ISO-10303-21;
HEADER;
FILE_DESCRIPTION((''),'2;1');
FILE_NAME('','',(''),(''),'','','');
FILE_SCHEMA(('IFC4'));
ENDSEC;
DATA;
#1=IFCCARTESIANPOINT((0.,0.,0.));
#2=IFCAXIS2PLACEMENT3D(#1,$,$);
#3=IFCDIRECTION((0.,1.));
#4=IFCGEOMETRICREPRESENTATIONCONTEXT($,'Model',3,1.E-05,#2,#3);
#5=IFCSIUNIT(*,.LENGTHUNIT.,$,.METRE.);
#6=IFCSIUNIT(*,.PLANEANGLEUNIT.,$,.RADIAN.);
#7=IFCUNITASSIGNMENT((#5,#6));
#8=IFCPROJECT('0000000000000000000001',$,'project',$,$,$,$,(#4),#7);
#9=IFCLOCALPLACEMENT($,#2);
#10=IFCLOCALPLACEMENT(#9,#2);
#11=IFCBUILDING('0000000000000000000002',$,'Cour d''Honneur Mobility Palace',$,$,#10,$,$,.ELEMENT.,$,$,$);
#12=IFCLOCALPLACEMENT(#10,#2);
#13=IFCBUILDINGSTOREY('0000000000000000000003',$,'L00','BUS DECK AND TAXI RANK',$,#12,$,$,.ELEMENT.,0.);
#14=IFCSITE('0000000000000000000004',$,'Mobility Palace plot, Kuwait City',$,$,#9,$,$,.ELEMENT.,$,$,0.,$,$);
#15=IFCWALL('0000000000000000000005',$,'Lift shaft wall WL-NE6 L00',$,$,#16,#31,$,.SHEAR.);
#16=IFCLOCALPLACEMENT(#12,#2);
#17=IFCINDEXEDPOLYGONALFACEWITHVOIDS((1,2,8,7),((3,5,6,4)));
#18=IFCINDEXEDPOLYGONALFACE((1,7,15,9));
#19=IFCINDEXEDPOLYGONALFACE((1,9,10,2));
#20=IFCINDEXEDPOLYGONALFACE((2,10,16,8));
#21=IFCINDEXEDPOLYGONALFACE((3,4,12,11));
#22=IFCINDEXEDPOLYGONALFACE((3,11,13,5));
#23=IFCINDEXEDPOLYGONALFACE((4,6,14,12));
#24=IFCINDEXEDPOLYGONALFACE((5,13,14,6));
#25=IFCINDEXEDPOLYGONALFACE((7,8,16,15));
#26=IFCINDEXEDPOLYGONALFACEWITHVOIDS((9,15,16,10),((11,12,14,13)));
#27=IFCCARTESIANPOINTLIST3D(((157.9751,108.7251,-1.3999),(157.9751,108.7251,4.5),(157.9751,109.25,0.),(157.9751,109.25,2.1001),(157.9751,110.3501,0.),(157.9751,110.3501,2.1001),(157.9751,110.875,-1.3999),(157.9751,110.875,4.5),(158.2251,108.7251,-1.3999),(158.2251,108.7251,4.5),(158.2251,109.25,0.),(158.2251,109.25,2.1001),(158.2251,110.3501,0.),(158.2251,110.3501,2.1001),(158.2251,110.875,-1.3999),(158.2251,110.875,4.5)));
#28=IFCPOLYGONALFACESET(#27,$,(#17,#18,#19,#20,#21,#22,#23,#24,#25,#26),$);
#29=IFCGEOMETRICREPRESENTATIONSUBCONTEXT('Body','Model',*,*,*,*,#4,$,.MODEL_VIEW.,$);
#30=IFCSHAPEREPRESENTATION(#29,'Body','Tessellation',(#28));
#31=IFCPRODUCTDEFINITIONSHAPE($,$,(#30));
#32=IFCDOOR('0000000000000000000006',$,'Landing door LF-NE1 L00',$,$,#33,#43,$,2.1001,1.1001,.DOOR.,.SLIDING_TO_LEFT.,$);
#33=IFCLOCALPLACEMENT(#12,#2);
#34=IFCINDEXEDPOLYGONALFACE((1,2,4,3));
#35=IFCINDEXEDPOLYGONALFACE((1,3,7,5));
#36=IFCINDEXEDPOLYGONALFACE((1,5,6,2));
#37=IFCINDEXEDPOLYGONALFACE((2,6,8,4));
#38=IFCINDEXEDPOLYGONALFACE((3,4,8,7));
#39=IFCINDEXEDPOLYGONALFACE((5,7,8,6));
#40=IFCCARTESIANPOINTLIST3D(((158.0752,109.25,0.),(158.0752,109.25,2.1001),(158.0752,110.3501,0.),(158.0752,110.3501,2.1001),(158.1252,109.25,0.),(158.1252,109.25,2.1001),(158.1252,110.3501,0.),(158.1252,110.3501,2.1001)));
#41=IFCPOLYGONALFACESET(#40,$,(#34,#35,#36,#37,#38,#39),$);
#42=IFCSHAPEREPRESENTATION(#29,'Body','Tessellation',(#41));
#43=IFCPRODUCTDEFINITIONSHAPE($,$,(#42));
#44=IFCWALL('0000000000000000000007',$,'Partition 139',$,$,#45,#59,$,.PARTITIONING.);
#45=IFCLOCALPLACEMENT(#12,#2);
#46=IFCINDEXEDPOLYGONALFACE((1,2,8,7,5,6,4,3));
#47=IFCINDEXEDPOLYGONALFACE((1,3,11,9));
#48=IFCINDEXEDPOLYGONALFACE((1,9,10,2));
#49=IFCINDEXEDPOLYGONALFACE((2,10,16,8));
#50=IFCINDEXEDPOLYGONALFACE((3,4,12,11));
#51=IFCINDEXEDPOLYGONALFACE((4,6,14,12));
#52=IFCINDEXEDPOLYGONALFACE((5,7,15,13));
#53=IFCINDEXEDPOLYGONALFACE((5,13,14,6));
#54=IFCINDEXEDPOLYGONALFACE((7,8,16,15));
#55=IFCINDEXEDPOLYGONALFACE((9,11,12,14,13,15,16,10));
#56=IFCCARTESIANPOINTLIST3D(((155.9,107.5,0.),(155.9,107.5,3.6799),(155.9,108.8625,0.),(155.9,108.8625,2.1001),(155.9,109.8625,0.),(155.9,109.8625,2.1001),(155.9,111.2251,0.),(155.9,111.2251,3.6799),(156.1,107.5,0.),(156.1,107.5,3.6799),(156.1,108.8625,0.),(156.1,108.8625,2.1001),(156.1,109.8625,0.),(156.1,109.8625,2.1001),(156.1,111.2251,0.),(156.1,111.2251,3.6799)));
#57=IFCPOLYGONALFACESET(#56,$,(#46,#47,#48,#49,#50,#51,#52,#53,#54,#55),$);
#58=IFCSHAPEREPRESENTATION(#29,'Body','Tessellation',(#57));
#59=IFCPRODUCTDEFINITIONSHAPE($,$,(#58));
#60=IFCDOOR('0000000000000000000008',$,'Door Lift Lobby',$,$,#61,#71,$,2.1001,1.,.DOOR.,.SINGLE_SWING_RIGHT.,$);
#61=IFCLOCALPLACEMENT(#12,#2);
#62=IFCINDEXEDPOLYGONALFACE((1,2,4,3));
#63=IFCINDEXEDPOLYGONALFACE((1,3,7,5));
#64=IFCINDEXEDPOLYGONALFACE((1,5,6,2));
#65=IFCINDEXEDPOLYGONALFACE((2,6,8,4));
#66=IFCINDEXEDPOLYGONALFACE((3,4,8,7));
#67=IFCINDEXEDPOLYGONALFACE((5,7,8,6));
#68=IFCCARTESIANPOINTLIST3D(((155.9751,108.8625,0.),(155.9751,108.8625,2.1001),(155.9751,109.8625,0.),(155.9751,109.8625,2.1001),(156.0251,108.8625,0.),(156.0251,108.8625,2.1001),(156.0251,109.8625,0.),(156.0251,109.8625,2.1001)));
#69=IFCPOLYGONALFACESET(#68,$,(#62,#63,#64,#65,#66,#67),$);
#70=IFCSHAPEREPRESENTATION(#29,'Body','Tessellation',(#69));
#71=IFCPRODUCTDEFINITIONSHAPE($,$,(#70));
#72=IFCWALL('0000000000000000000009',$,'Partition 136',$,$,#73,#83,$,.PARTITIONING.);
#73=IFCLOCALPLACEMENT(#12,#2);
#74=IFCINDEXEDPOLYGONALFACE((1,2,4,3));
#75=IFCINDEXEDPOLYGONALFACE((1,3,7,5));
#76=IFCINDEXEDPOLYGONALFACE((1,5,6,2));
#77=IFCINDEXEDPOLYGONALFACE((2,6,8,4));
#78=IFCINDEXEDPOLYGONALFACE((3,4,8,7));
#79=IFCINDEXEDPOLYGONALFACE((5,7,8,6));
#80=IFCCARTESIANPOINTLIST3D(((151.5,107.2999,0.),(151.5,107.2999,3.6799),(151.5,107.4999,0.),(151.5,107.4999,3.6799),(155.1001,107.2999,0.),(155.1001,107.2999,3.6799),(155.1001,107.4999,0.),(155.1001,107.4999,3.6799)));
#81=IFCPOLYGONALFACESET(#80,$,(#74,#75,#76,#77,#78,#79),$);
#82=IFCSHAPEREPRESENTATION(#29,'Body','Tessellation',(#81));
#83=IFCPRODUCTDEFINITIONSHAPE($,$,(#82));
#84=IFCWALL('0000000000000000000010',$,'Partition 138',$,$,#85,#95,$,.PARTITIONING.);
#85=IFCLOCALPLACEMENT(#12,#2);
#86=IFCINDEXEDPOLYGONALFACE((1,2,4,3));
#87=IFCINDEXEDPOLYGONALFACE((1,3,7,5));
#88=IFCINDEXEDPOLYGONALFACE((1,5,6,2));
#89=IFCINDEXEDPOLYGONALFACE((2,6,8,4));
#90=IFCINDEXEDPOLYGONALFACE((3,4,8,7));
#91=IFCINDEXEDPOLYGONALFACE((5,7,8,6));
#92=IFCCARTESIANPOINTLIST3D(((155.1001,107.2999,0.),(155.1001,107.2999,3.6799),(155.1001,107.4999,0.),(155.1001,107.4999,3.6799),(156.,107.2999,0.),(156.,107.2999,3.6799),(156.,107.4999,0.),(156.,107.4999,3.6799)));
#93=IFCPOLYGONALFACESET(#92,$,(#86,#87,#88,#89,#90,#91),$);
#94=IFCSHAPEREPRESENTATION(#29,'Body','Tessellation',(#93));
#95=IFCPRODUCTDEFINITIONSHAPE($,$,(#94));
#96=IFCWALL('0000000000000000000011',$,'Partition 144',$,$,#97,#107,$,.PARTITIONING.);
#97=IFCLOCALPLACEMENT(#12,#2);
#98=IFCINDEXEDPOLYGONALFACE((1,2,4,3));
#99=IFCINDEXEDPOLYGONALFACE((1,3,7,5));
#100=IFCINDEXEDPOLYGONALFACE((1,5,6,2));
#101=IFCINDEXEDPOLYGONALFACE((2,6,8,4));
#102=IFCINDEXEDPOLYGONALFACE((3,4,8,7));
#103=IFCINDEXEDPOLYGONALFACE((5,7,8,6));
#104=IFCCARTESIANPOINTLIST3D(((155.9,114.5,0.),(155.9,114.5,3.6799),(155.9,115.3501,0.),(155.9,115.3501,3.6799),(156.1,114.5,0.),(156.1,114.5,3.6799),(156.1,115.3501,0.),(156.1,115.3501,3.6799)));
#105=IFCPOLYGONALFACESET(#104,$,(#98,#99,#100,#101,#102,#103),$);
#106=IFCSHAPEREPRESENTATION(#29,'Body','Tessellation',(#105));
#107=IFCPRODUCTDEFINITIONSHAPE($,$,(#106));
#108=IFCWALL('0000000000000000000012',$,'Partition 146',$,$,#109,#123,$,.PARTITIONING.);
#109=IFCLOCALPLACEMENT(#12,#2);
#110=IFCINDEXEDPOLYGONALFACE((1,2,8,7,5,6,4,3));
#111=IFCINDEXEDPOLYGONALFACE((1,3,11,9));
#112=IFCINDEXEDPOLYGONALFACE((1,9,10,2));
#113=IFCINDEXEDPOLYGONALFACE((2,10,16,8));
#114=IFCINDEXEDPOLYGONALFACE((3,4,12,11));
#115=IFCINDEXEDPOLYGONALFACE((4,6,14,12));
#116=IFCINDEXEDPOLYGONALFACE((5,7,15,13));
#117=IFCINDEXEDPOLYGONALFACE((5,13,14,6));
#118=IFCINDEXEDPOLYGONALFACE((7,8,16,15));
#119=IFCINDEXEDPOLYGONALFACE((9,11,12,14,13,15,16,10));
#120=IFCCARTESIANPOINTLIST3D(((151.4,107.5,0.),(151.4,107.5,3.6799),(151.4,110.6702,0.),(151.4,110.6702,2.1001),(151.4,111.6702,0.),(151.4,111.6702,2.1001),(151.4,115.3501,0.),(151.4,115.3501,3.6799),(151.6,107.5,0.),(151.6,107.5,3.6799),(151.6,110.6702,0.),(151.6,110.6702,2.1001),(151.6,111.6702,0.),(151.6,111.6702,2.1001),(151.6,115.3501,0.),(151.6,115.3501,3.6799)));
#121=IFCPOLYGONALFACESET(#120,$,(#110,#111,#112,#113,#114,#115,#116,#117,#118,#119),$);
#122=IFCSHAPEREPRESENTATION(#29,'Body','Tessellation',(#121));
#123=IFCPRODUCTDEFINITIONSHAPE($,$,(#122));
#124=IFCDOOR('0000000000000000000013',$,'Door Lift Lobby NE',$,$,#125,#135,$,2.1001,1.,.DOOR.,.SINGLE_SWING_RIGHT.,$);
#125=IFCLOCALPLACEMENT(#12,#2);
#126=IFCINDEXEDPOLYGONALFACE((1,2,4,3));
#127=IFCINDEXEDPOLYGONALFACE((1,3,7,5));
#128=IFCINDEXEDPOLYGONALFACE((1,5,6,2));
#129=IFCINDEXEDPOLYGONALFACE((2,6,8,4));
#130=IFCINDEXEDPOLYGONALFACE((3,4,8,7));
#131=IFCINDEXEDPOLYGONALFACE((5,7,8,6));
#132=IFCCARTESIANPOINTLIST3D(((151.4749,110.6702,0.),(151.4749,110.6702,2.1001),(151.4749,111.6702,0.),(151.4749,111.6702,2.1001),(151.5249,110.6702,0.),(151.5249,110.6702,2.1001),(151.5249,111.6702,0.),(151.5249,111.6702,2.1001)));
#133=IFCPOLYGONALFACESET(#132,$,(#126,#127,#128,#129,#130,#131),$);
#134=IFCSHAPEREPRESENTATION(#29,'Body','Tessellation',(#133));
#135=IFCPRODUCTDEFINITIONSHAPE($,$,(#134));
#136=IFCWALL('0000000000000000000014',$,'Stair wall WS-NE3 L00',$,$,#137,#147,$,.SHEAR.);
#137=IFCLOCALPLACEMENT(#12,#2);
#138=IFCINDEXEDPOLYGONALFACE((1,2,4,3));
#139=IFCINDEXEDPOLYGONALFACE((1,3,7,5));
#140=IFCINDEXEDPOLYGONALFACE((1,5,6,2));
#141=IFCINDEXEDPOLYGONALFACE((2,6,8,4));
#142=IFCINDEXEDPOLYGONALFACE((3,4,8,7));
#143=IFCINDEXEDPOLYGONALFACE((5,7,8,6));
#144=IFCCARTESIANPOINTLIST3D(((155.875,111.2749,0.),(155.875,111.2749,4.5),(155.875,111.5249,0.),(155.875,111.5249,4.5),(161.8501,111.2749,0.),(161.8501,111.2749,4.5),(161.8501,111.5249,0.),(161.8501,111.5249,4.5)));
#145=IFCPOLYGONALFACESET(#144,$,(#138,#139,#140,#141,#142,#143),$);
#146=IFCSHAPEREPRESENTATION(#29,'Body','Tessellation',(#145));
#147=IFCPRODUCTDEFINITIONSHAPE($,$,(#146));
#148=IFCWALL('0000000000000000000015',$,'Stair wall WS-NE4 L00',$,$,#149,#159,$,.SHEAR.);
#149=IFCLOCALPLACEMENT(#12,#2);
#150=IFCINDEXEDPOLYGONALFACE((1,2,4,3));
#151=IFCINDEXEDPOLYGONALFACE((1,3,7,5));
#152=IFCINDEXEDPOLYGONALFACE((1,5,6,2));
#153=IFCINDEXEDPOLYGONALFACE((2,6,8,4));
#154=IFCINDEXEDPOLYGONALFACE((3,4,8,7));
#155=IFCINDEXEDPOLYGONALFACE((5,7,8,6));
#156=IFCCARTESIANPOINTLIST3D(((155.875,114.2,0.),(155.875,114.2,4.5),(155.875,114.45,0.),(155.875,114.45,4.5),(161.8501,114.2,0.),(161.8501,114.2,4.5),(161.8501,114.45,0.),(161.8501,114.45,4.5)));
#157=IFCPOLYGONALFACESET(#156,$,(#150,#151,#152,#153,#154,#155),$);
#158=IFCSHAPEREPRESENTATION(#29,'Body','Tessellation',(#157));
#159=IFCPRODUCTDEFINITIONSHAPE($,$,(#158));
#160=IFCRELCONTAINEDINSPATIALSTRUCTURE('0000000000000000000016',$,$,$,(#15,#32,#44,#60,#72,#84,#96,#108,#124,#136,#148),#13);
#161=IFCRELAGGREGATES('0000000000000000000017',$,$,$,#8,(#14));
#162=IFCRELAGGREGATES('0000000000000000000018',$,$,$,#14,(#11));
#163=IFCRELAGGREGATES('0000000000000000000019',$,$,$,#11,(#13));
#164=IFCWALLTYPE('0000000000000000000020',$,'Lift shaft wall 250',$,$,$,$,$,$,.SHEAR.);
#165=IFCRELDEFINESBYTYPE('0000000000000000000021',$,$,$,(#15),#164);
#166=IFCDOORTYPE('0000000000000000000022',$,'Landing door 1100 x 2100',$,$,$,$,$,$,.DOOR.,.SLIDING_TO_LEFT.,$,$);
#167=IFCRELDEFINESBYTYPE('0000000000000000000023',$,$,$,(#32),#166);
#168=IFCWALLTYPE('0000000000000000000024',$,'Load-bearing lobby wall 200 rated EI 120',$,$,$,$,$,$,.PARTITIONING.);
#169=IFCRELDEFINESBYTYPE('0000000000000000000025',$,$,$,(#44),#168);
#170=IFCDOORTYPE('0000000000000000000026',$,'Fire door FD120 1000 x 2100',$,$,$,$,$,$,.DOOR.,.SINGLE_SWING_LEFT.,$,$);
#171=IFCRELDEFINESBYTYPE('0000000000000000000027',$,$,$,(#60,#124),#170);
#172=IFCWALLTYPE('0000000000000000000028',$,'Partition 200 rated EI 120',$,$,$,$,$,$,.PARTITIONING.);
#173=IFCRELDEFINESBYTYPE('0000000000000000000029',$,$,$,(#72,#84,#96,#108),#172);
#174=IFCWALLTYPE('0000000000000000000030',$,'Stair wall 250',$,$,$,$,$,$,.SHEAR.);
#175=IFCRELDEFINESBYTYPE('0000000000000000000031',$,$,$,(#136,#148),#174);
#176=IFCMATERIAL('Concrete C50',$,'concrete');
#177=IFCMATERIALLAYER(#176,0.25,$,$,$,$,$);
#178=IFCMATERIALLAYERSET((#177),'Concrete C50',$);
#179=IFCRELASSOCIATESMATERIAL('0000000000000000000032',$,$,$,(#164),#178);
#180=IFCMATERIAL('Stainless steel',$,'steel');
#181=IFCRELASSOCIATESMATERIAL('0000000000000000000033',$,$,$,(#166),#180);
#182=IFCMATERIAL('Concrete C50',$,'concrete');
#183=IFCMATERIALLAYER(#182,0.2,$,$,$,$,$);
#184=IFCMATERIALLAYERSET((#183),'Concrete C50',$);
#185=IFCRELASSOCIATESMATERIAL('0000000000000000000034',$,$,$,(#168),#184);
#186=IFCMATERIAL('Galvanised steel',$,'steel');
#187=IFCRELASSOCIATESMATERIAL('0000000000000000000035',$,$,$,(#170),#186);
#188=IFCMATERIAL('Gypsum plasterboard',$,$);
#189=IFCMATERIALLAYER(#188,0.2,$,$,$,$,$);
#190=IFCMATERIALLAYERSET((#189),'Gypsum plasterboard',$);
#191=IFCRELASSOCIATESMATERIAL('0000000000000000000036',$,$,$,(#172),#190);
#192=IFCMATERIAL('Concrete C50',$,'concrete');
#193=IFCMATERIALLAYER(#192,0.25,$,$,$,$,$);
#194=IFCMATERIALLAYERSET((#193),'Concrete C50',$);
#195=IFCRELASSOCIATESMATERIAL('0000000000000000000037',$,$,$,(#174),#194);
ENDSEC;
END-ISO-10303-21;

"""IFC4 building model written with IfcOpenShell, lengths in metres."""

from ifc_helpers import new_model, si_unit, direction, frame, frame_2d, origin, place, context, subcontext, project, spatial, rectangle, extrude, material, layer, layer_set, type_object, element, fill, save


model = new_model("IFC4")

# Units and contexts
model_context = context("Model", 3, precision=1e-05, world=origin(), true_north=direction((0.0, 1.0)))
body_context = subcontext(model_context, "Body", "Model", "MODEL_VIEW")
ifc_project = project(units=[si_unit("LENGTHUNIT", "METRE"), si_unit("PLANEANGLEUNIT", "RADIAN")], contexts=[model_context])

# Site, building, storey
site_placement = place(None, origin())
site = spatial("IfcSite", under=ifc_project, at=site_placement, Name="Mobility Palace plot, Kuwait City", CompositionType="ELEMENT", RefElevation=0.0)
building_placement = place(site_placement, origin())
building = spatial("IfcBuilding", under=site, at=building_placement, Name="Cour d'Honneur Mobility Palace", CompositionType="ELEMENT")
storey_placement = place(building_placement, origin())
storey = spatial("IfcBuildingStorey", under=building, at=storey_placement, Name="L00", Description="BUS DECK AND TAXI RANK", CompositionType="ELEMENT", Elevation=0.0)

# Shared definitions
ifc_material_1 = material(Name="Concrete C50", Category="concrete")
ifc_layer_1 = layer(ifc_material_1, 0.25)
ifc_layer_set_1 = layer_set([ifc_layer_1], Name="Concrete C50")
wall_type_1 = type_object("IfcWallType", Name="Lift shaft wall 250", PredefinedType="SHEAR", material=ifc_layer_set_1)

# Walls, openings, doors
wall_1_placement = place(storey_placement, frame((158.1001, 108.7251, -1.3999), z_axis=(0.0, 0.0, 1.0), x_axis=(0.0, 1.0, 0.0)))
wall_1 = element("IfcWall", 1, at=wall_1_placement, inside=storey, type_object=wall_type_1, Name="Lift shaft wall WL-NE6 L00", PredefinedType="SHEAR", context=body_context, shape_type="SweptSolid", body=[
    extrude(rectangle(XDim=2.1499, YDim=0.25, at=frame_2d((1.075, 0.0))), origin(), (0.0, 0.0, 1.0), 5.8999),
])
opening_1_placement = place(wall_1_placement, frame((0.5249, 0.0, 1.3999)))
opening_1 = element("IfcOpeningElement", 2, at=opening_1_placement, cuts=wall_1, PredefinedType="OPENING", context=body_context, shape_type="SweptSolid", body=[
    extrude(rectangle(XDim=1.1001, YDim=2.1001, at=frame_2d((0.55, 1.05))), frame((0.0, 0.135, 0.0), z_axis=(0.0, -1.0, 0.0), x_axis=(1.0, 0.0, 0.0)), (0.0, 0.0, 1.0), 0.27),
])
ifc_material_2 = material(Name="Stainless steel", Category="steel")
door_type_1 = type_object("IfcDoorType", Name="Landing door 1100 x 2100", OperationType="SLIDING_TO_LEFT", PredefinedType="DOOR", material=ifc_material_2)
door_1_placement = place(opening_1_placement, origin())
door_1 = element("IfcDoor", 3, at=door_1_placement, inside=storey, type_object=door_type_1, Name="Landing door LF-NE1 L00", OperationType="SLIDING_TO_LEFT", OverallHeight=2.1001, OverallWidth=1.1001, PredefinedType="DOOR", context=body_context, shape_type="SweptSolid", body=[
    extrude(rectangle(XDim=1.1001, YDim=2.1001, at=frame_2d((0.55, 1.05))), frame((0.0, 0.0249, 0.0), z_axis=(0.0, -1.0, 0.0), x_axis=(1.0, 0.0, 0.0)), (0.0, 0.0, 1.0), 0.05),
])
fill(opening_1, door_1)
ifc_material_3 = material(Name="Concrete C50", Category="concrete")
ifc_layer_2 = layer(ifc_material_3, 0.2)
ifc_layer_set_2 = layer_set([ifc_layer_2], Name="Concrete C50")
wall_type_2 = type_object("IfcWallType", Name="Load-bearing lobby wall 200 rated EI 120", PredefinedType="PARTITIONING", material=ifc_layer_set_2)
wall_2_placement = place(storey_placement, frame((156.0, 107.5, 0.0), z_axis=(0.0, 0.0, 1.0), x_axis=(0.0, 1.0, 0.0)))
wall_2 = element("IfcWall", 4, at=wall_2_placement, inside=storey, type_object=wall_type_2, Name="Partition 139", PredefinedType="PARTITIONING", context=body_context, shape_type="SweptSolid", body=[
    extrude(rectangle(XDim=3.7251, YDim=0.2, at=frame_2d((1.8625, 0.0))), origin(), (0.0, 0.0, 1.0), 3.6799),
])
opening_2_placement = place(wall_2_placement, frame((1.3625, 0.0, 0.0)))
opening_2 = element("IfcOpeningElement", 5, at=opening_2_placement, cuts=wall_2, PredefinedType="OPENING", context=body_context, shape_type="SweptSolid", body=[
    extrude(rectangle(XDim=1.0, YDim=2.1001, at=frame_2d((0.5, 1.05))), frame((0.0, 0.1099, 0.0), z_axis=(0.0, -1.0, 0.0), x_axis=(1.0, 0.0, 0.0)), (0.0, 0.0, 1.0), 0.22),
])
ifc_material_4 = material(Name="Galvanised steel", Category="steel")
door_type_2 = type_object("IfcDoorType", Name="Fire door FD120 1000 x 2100", OperationType="SINGLE_SWING_LEFT", PredefinedType="DOOR", material=ifc_material_4)
door_2_placement = place(opening_2_placement, origin())
door_2 = element("IfcDoor", 6, at=door_2_placement, inside=storey, type_object=door_type_2, Name="Door Lift Lobby", OperationType="SINGLE_SWING_RIGHT", OverallHeight=2.1001, OverallWidth=1.0, PredefinedType="DOOR", context=body_context, shape_type="SweptSolid", body=[
    extrude(rectangle(XDim=1.0, YDim=2.1001, at=frame_2d((0.5, 1.05))), frame((0.0, 0.0249, 0.0), z_axis=(0.0, -1.0, 0.0), x_axis=(1.0, 0.0, 0.0)), (0.0, 0.0, 1.0), 0.05),
])
fill(opening_2, door_2)

# Walls
ifc_material_5 = material(Name="Gypsum plasterboard")
ifc_layer_3 = layer(ifc_material_5, 0.2)
ifc_layer_set_3 = layer_set([ifc_layer_3], Name="Gypsum plasterboard")
wall_type_3 = type_object("IfcWallType", Name="Partition 200 rated EI 120", PredefinedType="PARTITIONING", material=ifc_layer_set_3)
wall_3_placement = place(storey_placement, frame((151.5, 107.3999, 0.0), z_axis=(0.0, 0.0, 1.0), x_axis=(1.0, 0.0, 0.0)))
element("IfcWall", 7, at=wall_3_placement, inside=storey, type_object=wall_type_3, Name="Partition 136", PredefinedType="PARTITIONING", context=body_context, shape_type="SweptSolid", body=[
    extrude(rectangle(XDim=3.6001, YDim=0.2, at=frame_2d((1.8, 0.0))), origin(), (0.0, 0.0, 1.0), 3.6799),
])
wall_4_placement = place(storey_placement, frame((155.1001, 107.3999, 0.0), z_axis=(0.0, 0.0, 1.0), x_axis=(1.0, 0.0, 0.0)))
element("IfcWall", 8, at=wall_4_placement, inside=storey, type_object=wall_type_3, Name="Partition 138", PredefinedType="PARTITIONING", context=body_context, shape_type="SweptSolid", body=[
    extrude(rectangle(XDim=0.8999, YDim=0.2, at=frame_2d((0.45, 0.0))), origin(), (0.0, 0.0, 1.0), 3.6799),
])
wall_5_placement = place(storey_placement, frame((156.0, 114.5, 0.0), z_axis=(0.0, 0.0, 1.0), x_axis=(0.0, 1.0, 0.0)))
element("IfcWall", 9, at=wall_5_placement, inside=storey, type_object=wall_type_3, Name="Partition 144", PredefinedType="PARTITIONING", context=body_context, shape_type="SweptSolid", body=[
    extrude(rectangle(XDim=0.8501, YDim=0.2, at=frame_2d((0.425, 0.0))), origin(), (0.0, 0.0, 1.0), 3.6799),
])

# Wall, opening, door
wall_6_placement = place(storey_placement, frame((151.5, 115.3501, 0.0), z_axis=(0.0, 0.0, 1.0), x_axis=(0.0, -1.0, 0.0)))
wall_6 = element("IfcWall", 10, at=wall_6_placement, inside=storey, type_object=wall_type_3, Name="Partition 146", PredefinedType="PARTITIONING", context=body_context, shape_type="SweptSolid", body=[
    extrude(rectangle(XDim=7.8501, YDim=0.2, at=frame_2d((3.925, 0.0))), origin(), (0.0, 0.0, 1.0), 3.6799),
])
opening_3_placement = place(wall_6_placement, frame((3.6799, 0.0, 0.0)))
opening_3 = element("IfcOpeningElement", 11, at=opening_3_placement, cuts=wall_6, PredefinedType="OPENING", context=body_context, shape_type="SweptSolid", body=[
    extrude(rectangle(XDim=1.0, YDim=2.1001, at=frame_2d((0.5, 1.05))), frame((0.0, 0.1099, 0.0), z_axis=(0.0, -1.0, 0.0), x_axis=(1.0, 0.0, 0.0)), (0.0, 0.0, 1.0), 0.22),
])
door_3_placement = place(opening_3_placement, origin())
door_3 = element("IfcDoor", 12, at=door_3_placement, inside=storey, type_object=door_type_2, Name="Door Lift Lobby NE", OperationType="SINGLE_SWING_RIGHT", OverallHeight=2.1001, OverallWidth=1.0, PredefinedType="DOOR", context=body_context, shape_type="SweptSolid", body=[
    extrude(rectangle(XDim=1.0, YDim=2.1001, at=frame_2d((0.5, 1.05))), frame((0.0, 0.0249, 0.0), z_axis=(0.0, -1.0, 0.0), x_axis=(1.0, 0.0, 0.0)), (0.0, 0.0, 1.0), 0.05),
])
fill(opening_3, door_3)

# Walls
ifc_material_6 = material(Name="Concrete C50", Category="concrete")
ifc_layer_4 = layer(ifc_material_6, 0.25)
ifc_layer_set_4 = layer_set([ifc_layer_4], Name="Concrete C50")
wall_type_4 = type_object("IfcWallType", Name="Stair wall 250", PredefinedType="SHEAR", material=ifc_layer_set_4)
for number, where, z_axis, x_axis, name in (
    (13, (155.875, 111.3999, 0.0), (0.0, 0.0, 1.0), (1.0, 0.0, 0.0), "Stair wall WS-NE3 L00"),
    (14, (155.875, 114.325, 0.0), (0.0, 0.0, 1.0), (1.0, 0.0, 0.0), "Stair wall WS-NE4 L00"),
):
    element("IfcWall", number, at=place(storey_placement, frame(where, z_axis=z_axis, x_axis=x_axis)), inside=storey, type_object=wall_type_4, Name=name, PredefinedType="SHEAR", context=body_context, shape_type="SweptSolid", body=[
        extrude(rectangle(XDim=5.9751, YDim=0.25, at=frame_2d((2.9875, 0.0))), origin(), (0.0, 0.0, 1.0), 4.5),
    ])

save(model, "model.ifc")
